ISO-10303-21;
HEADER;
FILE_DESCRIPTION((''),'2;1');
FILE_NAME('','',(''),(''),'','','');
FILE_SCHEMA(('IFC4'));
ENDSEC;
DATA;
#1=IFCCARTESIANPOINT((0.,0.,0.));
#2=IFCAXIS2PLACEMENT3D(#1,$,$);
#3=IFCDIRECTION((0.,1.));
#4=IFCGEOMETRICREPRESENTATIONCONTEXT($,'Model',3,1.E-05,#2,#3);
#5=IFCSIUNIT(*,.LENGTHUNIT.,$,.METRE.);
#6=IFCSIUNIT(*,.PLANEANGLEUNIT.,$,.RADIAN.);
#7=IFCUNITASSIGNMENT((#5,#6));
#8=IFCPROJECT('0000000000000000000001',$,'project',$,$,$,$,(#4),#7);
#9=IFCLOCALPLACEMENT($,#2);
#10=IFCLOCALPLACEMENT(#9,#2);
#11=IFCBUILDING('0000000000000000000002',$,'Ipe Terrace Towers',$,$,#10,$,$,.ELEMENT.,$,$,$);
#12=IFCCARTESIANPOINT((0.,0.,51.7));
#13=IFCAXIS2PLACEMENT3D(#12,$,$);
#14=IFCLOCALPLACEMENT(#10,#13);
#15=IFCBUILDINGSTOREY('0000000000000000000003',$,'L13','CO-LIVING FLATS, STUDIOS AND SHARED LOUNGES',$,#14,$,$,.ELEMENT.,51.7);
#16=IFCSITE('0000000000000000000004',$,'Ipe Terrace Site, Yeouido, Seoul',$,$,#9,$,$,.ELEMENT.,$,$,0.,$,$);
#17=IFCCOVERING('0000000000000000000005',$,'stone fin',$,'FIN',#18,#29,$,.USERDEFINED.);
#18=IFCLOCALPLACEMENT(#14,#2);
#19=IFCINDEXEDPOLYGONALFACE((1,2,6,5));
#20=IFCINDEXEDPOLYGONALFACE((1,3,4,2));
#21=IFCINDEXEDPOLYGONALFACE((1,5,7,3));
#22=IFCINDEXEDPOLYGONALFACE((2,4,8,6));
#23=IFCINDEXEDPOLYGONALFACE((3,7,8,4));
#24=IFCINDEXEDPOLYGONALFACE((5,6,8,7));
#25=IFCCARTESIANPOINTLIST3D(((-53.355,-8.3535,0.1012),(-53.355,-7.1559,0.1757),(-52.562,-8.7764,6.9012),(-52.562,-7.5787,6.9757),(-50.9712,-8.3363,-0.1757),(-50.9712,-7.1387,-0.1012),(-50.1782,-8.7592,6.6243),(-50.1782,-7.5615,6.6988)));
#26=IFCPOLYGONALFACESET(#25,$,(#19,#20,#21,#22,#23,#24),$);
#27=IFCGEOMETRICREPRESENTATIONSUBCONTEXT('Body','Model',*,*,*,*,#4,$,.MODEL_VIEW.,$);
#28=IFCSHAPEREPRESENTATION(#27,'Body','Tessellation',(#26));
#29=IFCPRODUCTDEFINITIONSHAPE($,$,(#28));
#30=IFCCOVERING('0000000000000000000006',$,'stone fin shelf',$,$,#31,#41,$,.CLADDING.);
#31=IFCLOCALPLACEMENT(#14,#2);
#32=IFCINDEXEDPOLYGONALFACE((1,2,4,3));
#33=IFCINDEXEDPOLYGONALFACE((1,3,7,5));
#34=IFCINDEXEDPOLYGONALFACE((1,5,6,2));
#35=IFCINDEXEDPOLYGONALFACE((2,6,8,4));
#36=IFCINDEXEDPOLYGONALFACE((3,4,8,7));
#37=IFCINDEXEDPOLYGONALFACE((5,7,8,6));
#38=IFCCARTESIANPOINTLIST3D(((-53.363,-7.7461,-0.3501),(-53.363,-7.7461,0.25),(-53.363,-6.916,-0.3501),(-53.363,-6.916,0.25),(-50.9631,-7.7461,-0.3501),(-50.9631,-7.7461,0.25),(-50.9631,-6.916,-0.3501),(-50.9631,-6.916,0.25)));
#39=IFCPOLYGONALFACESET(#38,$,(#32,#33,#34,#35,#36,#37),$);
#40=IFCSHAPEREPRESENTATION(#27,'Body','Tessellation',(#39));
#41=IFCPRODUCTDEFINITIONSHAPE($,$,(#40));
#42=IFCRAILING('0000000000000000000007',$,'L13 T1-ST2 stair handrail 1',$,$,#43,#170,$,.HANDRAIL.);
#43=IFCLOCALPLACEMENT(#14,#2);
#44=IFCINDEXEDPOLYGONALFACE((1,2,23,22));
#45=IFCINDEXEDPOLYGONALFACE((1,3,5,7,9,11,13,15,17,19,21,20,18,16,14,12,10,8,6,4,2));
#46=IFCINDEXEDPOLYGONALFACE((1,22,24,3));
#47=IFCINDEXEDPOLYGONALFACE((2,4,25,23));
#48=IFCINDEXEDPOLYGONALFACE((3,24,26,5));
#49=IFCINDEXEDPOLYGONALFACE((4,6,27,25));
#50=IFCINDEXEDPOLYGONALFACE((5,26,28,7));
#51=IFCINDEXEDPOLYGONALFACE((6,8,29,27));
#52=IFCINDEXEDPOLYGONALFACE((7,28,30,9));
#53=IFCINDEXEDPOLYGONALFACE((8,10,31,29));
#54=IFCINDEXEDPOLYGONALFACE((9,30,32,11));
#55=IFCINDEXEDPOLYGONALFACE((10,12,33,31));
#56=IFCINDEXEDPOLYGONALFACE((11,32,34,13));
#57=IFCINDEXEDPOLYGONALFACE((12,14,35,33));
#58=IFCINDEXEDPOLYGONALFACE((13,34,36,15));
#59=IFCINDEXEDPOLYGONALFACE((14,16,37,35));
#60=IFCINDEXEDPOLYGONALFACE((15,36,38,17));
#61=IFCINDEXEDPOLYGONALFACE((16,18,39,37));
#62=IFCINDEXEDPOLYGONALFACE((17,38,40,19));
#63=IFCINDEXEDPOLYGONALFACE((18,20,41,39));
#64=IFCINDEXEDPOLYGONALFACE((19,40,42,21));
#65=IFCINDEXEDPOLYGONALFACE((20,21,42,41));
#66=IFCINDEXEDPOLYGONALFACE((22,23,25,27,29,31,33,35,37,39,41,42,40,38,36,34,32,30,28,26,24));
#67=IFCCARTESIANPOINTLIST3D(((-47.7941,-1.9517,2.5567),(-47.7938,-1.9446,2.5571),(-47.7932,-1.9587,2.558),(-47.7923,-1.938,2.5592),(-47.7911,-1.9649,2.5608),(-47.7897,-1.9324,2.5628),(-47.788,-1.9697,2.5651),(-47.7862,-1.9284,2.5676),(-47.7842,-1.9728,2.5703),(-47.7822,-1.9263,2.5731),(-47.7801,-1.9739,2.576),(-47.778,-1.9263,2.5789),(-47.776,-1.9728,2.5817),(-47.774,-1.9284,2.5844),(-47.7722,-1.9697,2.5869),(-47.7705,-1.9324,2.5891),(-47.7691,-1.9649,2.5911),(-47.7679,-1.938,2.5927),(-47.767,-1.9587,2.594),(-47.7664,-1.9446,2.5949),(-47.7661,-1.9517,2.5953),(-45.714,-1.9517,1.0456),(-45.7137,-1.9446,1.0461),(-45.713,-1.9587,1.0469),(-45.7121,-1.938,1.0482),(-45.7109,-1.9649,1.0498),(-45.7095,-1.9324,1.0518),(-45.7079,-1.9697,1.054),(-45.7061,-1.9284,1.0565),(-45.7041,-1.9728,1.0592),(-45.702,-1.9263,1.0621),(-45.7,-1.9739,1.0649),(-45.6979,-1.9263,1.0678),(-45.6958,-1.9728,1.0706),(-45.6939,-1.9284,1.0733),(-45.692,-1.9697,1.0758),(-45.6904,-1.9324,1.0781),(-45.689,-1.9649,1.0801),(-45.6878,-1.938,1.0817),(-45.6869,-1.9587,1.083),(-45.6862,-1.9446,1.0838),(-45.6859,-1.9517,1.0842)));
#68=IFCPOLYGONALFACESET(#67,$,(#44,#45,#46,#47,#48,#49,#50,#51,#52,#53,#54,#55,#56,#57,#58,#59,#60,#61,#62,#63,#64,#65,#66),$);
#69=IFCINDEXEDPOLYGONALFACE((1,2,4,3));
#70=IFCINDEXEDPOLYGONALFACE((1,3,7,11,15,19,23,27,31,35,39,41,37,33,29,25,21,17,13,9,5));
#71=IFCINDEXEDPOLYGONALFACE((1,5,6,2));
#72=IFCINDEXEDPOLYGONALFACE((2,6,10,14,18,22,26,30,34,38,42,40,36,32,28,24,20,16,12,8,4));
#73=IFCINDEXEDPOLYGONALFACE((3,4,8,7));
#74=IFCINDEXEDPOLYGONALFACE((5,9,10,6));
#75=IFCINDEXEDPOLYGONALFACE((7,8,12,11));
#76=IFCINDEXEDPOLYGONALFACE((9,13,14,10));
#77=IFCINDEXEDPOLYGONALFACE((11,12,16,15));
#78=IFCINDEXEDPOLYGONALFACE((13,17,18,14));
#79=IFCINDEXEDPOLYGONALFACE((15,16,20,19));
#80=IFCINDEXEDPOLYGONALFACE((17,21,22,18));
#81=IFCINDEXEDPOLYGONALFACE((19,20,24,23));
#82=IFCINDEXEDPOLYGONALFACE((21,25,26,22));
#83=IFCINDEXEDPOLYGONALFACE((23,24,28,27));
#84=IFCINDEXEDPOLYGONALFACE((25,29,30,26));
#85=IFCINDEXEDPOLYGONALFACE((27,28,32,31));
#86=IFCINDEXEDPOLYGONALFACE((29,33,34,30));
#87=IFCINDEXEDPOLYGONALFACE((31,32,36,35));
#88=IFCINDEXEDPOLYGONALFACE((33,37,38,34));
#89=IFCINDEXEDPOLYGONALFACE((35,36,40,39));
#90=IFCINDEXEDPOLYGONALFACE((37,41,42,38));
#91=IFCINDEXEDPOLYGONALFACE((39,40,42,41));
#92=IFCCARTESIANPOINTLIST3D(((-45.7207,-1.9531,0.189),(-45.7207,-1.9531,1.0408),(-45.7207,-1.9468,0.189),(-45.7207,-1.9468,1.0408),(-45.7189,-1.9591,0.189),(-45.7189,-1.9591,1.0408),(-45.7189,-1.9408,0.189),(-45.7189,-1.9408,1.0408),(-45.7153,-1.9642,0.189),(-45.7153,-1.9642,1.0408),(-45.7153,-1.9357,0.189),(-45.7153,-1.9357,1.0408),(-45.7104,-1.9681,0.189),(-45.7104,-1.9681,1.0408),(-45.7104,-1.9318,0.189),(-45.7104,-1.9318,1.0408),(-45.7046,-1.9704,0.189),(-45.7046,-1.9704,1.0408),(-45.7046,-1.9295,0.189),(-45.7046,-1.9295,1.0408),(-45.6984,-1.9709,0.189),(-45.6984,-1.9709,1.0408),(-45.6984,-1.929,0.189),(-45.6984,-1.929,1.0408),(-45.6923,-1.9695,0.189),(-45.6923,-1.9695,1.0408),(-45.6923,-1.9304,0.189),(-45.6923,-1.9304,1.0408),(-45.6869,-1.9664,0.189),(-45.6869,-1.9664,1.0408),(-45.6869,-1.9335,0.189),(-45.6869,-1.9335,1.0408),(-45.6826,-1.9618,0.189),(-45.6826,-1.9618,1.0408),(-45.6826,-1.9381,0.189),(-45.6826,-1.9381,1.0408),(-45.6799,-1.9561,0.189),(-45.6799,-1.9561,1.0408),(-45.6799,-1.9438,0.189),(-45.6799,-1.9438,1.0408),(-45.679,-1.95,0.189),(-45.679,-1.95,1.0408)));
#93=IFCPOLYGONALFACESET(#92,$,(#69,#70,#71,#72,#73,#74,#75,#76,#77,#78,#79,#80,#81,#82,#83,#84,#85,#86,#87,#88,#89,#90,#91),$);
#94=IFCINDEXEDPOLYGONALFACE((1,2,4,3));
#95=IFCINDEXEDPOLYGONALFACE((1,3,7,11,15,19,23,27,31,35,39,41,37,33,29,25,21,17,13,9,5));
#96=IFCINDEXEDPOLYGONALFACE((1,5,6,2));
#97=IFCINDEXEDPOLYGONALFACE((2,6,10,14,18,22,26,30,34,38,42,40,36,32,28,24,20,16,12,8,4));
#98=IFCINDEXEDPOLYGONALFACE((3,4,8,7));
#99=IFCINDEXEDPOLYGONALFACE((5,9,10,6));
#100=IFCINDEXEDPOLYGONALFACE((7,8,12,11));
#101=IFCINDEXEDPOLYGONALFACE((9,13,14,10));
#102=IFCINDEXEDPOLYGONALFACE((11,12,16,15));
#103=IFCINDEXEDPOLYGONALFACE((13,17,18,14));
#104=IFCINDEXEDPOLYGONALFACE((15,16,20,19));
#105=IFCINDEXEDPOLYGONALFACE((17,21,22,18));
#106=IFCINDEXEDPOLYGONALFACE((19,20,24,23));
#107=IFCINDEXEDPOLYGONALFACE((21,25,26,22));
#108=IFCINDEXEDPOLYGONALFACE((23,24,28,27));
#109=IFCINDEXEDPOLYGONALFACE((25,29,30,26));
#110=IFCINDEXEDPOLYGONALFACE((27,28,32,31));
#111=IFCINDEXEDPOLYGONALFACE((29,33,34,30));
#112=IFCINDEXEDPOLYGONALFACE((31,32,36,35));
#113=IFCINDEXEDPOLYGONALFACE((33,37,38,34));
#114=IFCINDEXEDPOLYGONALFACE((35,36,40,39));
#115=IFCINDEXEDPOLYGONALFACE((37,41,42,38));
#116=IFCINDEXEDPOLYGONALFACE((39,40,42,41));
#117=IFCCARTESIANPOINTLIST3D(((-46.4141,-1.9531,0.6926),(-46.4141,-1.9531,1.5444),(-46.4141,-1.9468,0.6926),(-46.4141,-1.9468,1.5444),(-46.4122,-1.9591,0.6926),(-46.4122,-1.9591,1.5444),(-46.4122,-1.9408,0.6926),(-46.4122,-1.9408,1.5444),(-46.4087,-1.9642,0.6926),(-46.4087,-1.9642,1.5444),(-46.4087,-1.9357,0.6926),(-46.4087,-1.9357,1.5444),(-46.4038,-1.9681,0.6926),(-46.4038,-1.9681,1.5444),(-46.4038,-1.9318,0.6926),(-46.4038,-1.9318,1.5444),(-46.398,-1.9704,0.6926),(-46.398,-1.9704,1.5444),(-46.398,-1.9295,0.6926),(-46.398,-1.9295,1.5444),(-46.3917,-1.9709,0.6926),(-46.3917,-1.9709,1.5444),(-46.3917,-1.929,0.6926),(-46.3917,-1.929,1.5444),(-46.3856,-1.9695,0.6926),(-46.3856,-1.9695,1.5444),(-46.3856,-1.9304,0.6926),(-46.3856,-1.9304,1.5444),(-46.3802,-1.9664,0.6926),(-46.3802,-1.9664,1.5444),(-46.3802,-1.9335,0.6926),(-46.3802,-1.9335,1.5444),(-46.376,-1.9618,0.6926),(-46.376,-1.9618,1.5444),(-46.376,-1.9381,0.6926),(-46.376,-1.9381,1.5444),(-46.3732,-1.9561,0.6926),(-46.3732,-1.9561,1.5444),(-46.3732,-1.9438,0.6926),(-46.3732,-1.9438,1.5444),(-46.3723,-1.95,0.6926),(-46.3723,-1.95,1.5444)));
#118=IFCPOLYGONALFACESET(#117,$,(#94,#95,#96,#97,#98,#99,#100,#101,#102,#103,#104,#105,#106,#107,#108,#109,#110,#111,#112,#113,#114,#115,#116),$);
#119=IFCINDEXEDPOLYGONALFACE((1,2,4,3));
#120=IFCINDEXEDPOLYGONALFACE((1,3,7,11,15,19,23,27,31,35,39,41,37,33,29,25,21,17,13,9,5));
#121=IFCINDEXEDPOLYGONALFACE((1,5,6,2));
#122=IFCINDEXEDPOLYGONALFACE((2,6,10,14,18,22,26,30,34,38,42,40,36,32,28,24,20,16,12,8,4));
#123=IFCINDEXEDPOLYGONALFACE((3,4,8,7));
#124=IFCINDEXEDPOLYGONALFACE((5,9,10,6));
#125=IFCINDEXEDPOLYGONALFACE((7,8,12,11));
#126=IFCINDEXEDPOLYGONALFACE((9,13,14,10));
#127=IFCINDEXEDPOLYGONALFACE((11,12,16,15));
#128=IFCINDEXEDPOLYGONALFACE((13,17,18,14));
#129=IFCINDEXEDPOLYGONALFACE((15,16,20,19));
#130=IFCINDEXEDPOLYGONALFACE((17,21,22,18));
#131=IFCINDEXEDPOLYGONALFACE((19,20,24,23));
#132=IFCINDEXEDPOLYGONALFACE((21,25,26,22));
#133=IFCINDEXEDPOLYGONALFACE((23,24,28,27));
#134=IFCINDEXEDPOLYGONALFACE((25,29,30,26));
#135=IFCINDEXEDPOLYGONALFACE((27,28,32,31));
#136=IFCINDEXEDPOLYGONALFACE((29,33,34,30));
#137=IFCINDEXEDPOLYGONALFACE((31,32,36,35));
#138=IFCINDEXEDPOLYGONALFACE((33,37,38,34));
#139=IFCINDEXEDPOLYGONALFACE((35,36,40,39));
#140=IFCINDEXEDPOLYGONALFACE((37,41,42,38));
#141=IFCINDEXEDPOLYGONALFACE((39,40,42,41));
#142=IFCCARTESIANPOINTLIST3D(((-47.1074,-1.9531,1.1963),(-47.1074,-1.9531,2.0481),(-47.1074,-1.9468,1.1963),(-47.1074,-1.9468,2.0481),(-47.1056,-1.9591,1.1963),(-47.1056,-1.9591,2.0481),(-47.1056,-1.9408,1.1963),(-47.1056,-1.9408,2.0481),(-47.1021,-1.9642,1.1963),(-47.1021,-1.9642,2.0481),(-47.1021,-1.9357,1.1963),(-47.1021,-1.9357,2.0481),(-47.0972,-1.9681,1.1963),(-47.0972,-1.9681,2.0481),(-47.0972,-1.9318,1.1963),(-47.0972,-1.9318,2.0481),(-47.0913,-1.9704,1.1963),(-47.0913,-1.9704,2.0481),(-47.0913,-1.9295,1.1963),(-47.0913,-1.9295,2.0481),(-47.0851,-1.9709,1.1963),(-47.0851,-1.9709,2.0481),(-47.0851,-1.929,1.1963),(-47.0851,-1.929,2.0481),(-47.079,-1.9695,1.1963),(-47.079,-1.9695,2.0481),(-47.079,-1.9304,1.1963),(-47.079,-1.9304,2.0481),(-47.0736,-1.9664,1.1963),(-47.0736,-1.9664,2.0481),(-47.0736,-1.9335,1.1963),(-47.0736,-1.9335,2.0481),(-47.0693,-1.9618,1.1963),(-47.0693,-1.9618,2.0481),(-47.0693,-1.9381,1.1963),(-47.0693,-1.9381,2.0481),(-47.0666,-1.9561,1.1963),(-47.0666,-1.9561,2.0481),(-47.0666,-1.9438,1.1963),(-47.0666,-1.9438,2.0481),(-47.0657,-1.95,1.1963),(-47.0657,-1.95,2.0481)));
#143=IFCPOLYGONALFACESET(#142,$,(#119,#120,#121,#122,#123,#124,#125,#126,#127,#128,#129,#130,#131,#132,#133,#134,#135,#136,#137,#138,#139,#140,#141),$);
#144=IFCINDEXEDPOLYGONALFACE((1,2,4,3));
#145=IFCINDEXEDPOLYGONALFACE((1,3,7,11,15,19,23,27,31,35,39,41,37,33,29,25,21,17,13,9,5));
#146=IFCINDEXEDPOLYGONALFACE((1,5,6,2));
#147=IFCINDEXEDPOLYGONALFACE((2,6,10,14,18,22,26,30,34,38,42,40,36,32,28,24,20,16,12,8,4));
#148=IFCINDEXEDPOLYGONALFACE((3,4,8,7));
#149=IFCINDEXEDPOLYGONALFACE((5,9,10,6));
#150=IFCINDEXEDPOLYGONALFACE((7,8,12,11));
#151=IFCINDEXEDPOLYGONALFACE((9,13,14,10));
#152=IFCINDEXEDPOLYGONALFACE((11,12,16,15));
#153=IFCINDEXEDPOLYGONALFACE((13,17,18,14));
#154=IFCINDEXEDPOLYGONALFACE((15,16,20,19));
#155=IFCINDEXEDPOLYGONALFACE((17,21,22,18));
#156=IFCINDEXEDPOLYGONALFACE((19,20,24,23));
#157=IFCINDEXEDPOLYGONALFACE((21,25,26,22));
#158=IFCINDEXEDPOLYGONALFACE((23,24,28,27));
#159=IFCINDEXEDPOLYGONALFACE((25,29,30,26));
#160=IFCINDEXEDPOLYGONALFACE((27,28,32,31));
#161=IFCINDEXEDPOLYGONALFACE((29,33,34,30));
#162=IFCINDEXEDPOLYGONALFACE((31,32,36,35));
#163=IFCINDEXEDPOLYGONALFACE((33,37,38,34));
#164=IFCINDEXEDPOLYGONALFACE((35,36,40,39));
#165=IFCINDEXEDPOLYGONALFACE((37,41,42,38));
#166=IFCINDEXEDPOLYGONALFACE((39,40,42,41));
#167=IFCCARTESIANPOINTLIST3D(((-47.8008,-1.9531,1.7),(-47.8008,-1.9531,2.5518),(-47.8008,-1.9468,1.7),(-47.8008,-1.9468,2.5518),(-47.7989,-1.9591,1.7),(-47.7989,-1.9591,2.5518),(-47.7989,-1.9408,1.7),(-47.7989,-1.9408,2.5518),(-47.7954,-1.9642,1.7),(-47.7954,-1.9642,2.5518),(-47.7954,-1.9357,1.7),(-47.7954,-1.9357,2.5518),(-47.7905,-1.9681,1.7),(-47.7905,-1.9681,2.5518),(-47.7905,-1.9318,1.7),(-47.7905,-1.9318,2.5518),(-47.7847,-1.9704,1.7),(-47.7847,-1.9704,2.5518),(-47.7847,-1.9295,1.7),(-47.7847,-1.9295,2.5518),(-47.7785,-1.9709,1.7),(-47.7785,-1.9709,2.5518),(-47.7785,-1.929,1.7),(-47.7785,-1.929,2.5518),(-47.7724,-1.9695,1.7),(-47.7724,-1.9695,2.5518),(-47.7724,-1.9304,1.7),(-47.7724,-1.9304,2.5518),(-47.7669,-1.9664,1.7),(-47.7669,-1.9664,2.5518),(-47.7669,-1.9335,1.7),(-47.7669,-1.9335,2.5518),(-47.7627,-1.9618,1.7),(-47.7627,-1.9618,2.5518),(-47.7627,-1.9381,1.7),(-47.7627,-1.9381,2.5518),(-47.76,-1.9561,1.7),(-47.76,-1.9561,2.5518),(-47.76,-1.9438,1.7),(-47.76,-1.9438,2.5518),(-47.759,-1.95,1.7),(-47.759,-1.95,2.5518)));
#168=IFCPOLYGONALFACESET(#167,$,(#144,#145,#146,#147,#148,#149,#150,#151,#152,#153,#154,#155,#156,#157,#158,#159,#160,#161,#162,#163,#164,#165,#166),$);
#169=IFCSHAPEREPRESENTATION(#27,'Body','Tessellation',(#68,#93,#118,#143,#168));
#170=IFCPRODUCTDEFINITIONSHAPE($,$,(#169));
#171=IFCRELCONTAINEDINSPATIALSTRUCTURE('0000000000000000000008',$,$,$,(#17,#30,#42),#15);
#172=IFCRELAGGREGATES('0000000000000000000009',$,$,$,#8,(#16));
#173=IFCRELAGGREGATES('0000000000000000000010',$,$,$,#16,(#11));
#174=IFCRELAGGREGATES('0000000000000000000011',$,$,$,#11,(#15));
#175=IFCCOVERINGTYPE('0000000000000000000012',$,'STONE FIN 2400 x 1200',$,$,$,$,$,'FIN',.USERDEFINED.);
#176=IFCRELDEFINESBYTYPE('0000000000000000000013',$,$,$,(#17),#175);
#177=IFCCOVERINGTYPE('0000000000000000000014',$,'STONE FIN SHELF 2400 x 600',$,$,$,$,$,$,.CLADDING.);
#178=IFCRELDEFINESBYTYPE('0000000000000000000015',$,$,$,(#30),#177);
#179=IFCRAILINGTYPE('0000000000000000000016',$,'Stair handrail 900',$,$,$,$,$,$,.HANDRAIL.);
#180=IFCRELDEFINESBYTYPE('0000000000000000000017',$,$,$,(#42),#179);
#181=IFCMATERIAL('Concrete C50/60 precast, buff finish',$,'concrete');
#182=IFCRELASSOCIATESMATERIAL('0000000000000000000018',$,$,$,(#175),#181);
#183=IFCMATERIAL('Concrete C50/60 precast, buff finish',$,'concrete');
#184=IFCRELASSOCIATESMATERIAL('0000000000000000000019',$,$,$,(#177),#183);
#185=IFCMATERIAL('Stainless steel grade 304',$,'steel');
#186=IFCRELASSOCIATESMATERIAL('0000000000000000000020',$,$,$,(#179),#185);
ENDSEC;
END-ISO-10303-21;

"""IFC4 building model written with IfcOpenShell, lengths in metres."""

from ifc_helpers import new_model, si_unit, direction, frame, origin, origin_2d, place, context, subcontext, project, spatial, rectangle, circle, extrude, material, material_profile, profile_set, type_object, element, save


model = new_model("IFC4")

# Units and contexts
model_context = context("Model", 3, precision=1e-05, world=origin(), true_north=direction((0.0, 1.0)))
body_context = subcontext(model_context, "Body", "Model", "MODEL_VIEW")
ifc_project = project(units=[si_unit("LENGTHUNIT", "METRE"), si_unit("PLANEANGLEUNIT", "RADIAN")], contexts=[model_context])

# Site, building, storey
site_placement = place(None, origin())
site = spatial("IfcSite", under=ifc_project, at=site_placement, Name="Ipe Terrace Site, Yeouido, Seoul", CompositionType="ELEMENT", RefElevation=0.0)
building_placement = place(site_placement, origin())
building = spatial("IfcBuilding", under=site, at=building_placement, Name="Ipe Terrace Towers", CompositionType="ELEMENT")
storey_placement = place(building_placement, frame((0.0, 0.0, 51.7)))
storey = spatial("IfcBuildingStorey", under=building, at=storey_placement, Name="L13", Description="CO-LIVING FLATS, STUDIOS AND SHARED LOUNGES", CompositionType="ELEMENT", Elevation=51.7)

# Coverings
ifc_material_1 = material(Name="Concrete C50/60 precast, buff finish", Category="concrete")
ifc_material_profile_1 = material_profile(ifc_material_1, rectangle(XDim=2.3999, YDim=1.2, at=origin_2d()), Name="STONE FIN 2400 x 1200")
ifc_profile_set_1 = profile_set([ifc_material_profile_1], Name="Concrete C50/60 precast, buff finish")
covering_type_1 = type_object("IfcCoveringType", Name="STONE FIN 2400 x 1200", ElementType="FIN", PredefinedType="USERDEFINED", material=ifc_profile_set_1)
for number, where, z_axis, x_axis, name in (
    (1, (-52.1631, -7.7461, 0.0), (0.115607, -0.061648, 0.99138), (0.993295, 0.007175, -0.115384), "stone fin"),
):
    element("IfcCovering", number, at=place(storey_placement, frame(where, z_axis=z_axis, x_axis=x_axis)), inside=storey, type_object=covering_type_1, Name=name, ObjectType="FIN", PredefinedType="USERDEFINED", context=body_context, shape_type="SweptSolid", body=[
        extrude(rectangle(XDim=2.3999, YDim=1.2, at=origin_2d()), origin(), (0.0, 0.0, 1.0), 6.8591),
    ])
ifc_material_2 = material(Name="Concrete C50/60 precast, buff finish", Category="concrete")
covering_type_2 = type_object("IfcCoveringType", Name="STONE FIN SHELF 2400 x 600", PredefinedType="CLADDING", material=ifc_material_2)
covering_1_placement = place(storey_placement, frame((-52.1631, -7.3311, -0.3501), z_axis=(0.0, 0.0, 1.0), x_axis=(1.0, 0.0, 0.0)))
element("IfcCovering", 2, at=covering_1_placement, inside=storey, type_object=covering_type_2, Name="stone fin shelf", PredefinedType="CLADDING", context=body_context, shape_type="SweptSolid", body=[
    extrude(rectangle(XDim=2.3999, YDim=0.8301, at=origin_2d()), origin(), (0.0, 0.0, 1.0), 0.6001),
])

# Railing
ifc_material_3 = material(Name="Stainless steel grade 304", Category="steel")
railing_type_1 = type_object("IfcRailingType", Name="Stair handrail 900", PredefinedType="HANDRAIL", material=ifc_material_3)
railing_1_placement = place(storey_placement, frame((-45.7, -1.95, 0.189)))
element("IfcRailing", 3, at=railing_1_placement, inside=storey, type_object=railing_type_1, Name="L13 T1-ST2 stair handrail 1", PredefinedType="HANDRAIL", context=body_context, shape_type="SweptSolid", body=[
    extrude(circle(Radius=0.0239, at=origin_2d()), frame((0.0, 0.0, 0.876), z_axis=(-0.809069, 0.0, 0.587714), x_axis=(0.0, -1.0, 0.0)), (0.0, 0.0, 1.0), 2.571),
    extrude(circle(Radius=0.021, at=origin_2d()), origin(), (0.0, 0.0, 1.0), 0.8518),
    extrude(circle(Radius=0.021, at=origin_2d()), frame((-0.6934, 0.0, 0.5037)), (0.0, 0.0, 1.0), 0.8518),
    extrude(circle(Radius=0.021, at=origin_2d()), frame((-1.3867, 0.0, 1.0073)), (0.0, 0.0, 1.0), 0.8518),
    extrude(circle(Radius=0.021, at=origin_2d()), frame((-2.0801, 0.0, 1.511)), (0.0, 0.0, 1.0), 0.8518),
])

save(model, "model.ifc")
